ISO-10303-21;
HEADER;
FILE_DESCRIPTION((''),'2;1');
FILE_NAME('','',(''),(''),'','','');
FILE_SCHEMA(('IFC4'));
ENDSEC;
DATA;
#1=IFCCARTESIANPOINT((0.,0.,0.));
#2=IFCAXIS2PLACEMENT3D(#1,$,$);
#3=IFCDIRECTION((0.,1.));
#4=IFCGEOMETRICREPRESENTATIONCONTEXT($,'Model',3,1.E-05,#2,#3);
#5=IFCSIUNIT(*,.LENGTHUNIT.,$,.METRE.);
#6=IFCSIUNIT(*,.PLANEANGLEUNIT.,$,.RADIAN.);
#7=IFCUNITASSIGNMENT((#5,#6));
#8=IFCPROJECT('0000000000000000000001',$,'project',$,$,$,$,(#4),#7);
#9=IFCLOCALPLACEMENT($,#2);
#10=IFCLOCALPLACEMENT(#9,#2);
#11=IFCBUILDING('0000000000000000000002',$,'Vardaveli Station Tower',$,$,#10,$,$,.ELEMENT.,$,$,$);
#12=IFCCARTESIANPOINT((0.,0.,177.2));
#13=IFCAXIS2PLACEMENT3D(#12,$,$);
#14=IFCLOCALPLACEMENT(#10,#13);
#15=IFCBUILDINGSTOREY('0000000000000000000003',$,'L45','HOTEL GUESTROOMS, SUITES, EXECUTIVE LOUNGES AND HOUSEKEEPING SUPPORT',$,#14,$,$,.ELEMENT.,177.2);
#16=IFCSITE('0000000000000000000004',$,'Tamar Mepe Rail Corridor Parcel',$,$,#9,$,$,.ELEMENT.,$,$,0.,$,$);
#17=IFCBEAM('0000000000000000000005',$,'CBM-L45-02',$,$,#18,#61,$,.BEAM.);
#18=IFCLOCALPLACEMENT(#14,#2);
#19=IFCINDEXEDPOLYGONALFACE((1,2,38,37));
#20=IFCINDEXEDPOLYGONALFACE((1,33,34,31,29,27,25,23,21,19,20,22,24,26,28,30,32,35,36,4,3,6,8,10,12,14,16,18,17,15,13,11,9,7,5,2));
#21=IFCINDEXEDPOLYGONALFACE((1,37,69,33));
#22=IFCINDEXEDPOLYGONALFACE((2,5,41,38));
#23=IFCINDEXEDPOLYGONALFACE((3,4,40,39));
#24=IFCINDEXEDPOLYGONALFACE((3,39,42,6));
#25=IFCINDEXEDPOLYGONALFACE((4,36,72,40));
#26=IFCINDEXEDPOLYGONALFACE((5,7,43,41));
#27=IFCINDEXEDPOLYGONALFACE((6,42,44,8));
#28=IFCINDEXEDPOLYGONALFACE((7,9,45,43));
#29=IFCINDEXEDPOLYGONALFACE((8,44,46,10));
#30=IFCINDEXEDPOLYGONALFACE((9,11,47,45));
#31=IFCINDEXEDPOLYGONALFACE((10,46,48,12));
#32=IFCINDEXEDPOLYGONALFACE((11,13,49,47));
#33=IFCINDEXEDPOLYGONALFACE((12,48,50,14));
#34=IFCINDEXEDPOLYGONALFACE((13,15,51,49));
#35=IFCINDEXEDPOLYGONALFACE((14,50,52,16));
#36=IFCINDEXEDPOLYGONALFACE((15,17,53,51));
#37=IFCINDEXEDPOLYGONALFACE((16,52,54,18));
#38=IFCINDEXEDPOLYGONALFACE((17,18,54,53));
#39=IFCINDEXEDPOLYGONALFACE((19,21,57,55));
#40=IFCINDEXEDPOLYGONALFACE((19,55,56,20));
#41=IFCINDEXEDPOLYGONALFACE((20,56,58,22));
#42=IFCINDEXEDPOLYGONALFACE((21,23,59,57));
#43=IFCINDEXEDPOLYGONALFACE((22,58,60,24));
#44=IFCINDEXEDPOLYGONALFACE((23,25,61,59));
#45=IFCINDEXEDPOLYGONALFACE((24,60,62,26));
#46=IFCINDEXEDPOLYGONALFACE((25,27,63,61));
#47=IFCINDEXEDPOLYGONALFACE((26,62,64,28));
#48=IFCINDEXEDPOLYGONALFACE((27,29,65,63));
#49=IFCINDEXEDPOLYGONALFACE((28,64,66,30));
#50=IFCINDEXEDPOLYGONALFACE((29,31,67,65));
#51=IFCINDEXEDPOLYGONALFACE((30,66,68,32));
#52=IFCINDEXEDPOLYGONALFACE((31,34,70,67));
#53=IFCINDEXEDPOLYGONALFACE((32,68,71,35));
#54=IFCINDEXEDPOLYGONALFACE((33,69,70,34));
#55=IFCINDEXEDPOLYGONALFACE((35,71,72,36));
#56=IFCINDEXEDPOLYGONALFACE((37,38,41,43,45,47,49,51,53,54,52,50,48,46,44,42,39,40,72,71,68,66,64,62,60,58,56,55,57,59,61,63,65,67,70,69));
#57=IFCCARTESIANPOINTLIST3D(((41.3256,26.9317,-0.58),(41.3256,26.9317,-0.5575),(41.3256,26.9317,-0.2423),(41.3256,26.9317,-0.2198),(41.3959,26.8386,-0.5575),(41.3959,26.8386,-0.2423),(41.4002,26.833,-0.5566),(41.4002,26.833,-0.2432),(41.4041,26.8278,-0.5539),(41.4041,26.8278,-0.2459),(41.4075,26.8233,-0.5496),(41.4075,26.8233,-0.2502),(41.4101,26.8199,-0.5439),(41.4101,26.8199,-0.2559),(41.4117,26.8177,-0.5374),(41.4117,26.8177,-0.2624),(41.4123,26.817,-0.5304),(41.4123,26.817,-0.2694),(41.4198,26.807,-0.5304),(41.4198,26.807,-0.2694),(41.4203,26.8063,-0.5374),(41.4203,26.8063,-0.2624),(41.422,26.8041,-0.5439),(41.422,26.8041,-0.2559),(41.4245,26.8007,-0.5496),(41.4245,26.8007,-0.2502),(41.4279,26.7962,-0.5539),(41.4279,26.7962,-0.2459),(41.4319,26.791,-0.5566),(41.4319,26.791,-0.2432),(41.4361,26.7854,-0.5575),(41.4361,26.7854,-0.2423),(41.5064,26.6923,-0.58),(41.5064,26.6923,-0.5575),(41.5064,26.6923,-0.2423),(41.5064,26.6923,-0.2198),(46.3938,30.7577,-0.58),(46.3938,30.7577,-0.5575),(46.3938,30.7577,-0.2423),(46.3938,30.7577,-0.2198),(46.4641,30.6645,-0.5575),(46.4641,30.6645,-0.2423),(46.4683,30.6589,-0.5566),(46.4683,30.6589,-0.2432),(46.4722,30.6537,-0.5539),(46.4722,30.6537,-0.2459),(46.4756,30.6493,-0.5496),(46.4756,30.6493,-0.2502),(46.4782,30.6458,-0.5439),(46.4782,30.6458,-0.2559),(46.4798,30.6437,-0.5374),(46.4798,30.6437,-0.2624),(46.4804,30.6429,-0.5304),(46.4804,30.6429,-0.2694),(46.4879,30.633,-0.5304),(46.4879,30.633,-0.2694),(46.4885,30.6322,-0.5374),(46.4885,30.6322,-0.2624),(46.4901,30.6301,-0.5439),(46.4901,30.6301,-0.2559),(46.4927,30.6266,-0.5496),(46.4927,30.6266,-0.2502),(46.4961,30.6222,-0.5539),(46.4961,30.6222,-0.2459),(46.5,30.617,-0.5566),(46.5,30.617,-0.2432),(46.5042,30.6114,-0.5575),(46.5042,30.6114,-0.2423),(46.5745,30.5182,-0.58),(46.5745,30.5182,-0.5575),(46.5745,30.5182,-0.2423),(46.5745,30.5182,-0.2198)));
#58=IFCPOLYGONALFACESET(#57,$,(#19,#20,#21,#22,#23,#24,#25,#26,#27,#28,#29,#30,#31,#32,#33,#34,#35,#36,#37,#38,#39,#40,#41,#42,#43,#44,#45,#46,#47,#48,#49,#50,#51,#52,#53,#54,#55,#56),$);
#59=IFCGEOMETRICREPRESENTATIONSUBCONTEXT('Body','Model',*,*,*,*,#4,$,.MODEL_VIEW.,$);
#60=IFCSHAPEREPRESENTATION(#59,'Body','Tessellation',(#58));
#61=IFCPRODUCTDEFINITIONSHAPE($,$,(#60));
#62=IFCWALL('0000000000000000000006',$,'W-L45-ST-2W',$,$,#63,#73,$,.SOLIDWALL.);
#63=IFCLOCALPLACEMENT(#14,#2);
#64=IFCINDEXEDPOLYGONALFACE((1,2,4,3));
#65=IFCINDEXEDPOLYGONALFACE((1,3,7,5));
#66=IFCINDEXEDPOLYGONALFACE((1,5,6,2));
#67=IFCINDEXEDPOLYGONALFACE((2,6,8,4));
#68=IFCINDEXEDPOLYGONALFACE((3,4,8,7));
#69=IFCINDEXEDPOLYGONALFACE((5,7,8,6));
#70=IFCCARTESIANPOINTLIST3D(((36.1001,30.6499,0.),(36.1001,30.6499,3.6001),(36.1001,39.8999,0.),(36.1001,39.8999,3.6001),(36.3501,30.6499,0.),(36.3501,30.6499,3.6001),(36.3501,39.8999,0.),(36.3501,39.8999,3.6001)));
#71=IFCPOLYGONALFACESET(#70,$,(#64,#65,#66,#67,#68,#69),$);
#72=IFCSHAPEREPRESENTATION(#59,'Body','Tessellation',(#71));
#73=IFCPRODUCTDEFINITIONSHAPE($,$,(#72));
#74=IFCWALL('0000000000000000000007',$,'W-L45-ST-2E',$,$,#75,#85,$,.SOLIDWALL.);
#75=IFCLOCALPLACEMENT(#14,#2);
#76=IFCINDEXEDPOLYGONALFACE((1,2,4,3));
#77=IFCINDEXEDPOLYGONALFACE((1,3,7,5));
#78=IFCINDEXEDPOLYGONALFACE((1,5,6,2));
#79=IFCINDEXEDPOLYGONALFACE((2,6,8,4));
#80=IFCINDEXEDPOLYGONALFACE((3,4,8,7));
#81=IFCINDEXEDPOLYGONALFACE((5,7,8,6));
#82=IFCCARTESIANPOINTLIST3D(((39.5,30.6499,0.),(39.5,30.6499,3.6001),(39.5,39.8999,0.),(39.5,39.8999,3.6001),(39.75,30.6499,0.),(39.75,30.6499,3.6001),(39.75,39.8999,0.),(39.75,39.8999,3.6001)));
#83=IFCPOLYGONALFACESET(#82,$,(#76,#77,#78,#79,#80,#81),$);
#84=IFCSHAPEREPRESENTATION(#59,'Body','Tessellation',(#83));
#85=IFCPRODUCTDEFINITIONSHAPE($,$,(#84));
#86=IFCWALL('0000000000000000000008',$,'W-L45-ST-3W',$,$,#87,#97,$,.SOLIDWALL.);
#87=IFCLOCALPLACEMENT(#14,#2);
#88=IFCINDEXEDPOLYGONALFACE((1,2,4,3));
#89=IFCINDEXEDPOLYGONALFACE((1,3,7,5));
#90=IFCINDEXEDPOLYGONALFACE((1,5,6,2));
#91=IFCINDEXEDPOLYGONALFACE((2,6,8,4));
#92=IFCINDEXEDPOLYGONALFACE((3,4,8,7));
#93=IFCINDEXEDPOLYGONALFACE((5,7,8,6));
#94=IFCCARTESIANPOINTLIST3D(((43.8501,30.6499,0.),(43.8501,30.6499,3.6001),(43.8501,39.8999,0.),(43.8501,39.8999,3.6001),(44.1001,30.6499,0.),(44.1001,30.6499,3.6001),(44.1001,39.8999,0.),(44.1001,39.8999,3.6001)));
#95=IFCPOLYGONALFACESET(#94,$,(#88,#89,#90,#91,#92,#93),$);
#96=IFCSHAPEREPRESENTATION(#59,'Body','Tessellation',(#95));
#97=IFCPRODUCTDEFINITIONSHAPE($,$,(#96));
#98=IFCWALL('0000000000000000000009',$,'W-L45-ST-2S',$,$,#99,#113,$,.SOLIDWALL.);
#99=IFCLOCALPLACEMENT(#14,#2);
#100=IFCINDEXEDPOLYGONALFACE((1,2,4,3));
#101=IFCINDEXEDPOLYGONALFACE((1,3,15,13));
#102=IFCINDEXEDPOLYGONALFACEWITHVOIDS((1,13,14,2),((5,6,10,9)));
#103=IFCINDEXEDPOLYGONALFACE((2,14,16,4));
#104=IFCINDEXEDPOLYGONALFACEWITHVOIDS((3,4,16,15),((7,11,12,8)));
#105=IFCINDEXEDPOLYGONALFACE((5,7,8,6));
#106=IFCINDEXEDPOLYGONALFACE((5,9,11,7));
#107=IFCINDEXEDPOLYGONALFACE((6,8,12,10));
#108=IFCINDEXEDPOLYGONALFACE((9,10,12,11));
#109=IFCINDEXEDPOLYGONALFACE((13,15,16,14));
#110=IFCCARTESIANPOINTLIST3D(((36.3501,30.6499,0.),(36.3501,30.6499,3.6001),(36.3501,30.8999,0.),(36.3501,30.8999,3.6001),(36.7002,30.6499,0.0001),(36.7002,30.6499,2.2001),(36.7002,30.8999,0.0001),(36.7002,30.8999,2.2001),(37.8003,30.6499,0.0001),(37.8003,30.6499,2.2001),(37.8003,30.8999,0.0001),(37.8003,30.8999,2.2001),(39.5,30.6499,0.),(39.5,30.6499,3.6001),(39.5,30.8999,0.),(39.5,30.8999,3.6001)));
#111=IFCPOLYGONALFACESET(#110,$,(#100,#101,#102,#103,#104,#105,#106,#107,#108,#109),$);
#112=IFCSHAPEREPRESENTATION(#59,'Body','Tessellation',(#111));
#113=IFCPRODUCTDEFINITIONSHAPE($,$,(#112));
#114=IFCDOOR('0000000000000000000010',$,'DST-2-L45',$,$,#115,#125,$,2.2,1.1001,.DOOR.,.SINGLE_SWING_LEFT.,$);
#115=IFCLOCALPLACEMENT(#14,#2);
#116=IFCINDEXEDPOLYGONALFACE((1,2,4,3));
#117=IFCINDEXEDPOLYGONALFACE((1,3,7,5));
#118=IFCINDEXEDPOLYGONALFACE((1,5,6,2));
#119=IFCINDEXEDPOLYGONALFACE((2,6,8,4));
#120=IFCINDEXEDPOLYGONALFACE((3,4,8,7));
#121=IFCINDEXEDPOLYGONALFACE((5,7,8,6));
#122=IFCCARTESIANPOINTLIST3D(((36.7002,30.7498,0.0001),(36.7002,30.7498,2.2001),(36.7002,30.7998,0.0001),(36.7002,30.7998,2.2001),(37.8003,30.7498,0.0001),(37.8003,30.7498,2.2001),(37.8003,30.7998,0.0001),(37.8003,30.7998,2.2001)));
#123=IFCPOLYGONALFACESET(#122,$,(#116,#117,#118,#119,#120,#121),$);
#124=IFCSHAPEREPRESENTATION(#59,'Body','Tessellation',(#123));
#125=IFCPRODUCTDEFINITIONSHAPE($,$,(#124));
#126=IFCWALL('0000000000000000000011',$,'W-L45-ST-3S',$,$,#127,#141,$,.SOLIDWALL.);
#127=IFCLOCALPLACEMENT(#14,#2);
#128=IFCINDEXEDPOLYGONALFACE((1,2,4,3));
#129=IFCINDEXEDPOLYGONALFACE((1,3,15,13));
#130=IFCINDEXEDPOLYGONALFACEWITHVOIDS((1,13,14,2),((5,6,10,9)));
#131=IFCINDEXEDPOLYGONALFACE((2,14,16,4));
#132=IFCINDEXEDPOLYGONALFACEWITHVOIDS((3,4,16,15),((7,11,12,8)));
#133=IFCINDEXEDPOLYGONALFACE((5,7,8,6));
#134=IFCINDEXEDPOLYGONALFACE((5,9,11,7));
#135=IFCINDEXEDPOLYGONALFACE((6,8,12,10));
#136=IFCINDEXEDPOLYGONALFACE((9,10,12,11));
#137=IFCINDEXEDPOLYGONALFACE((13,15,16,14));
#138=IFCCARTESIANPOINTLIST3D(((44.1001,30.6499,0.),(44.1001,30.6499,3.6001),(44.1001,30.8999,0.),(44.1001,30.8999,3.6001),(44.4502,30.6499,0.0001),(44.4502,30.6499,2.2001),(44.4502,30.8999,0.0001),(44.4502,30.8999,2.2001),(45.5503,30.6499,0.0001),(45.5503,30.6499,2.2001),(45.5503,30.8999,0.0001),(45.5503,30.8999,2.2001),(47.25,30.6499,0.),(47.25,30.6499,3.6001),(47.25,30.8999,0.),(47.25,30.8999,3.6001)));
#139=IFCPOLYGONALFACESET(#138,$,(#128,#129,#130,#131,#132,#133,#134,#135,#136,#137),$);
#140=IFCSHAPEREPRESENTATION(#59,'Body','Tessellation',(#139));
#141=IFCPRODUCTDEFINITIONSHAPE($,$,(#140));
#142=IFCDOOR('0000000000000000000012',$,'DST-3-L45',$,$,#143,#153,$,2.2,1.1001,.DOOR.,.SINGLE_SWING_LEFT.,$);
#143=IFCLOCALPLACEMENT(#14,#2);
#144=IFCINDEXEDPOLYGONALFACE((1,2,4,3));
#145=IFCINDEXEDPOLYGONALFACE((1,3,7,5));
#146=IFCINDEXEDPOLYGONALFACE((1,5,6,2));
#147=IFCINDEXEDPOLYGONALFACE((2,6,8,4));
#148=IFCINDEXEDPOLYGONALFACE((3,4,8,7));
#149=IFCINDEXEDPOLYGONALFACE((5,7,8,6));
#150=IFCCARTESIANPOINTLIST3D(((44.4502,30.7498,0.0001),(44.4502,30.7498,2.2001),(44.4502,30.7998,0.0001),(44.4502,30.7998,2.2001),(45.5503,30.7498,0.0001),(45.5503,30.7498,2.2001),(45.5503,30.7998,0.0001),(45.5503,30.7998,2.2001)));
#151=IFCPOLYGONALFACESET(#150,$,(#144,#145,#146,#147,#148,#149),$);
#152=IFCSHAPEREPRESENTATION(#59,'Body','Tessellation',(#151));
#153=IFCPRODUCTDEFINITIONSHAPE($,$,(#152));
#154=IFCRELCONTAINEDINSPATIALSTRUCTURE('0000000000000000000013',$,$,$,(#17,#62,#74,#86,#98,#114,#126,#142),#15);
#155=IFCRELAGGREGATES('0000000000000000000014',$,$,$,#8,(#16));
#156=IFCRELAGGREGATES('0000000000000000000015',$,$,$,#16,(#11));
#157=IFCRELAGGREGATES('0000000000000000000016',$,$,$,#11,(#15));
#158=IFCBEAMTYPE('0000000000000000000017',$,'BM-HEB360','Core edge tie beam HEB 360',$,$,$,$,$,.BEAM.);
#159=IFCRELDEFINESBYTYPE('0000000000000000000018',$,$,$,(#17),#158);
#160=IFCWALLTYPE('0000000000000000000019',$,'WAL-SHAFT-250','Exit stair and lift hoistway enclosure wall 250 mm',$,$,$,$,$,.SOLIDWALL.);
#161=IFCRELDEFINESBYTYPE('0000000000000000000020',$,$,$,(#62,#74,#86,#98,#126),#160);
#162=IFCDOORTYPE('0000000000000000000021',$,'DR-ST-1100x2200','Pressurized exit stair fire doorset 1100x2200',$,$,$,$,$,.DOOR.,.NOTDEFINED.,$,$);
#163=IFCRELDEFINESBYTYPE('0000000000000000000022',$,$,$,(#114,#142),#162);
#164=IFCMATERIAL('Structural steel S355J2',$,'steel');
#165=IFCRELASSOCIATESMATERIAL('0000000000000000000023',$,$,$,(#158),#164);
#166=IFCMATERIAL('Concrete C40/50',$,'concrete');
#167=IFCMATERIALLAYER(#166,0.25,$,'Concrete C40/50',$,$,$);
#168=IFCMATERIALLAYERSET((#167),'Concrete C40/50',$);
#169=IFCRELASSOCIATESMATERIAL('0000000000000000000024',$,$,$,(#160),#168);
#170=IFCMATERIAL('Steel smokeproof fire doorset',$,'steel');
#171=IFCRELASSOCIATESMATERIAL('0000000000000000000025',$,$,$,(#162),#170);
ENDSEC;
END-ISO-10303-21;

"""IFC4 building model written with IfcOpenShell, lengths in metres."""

from ifc_helpers import new_model, si_unit, direction, frame, frame_2d, origin, origin_2d, place, context, subcontext, project, spatial, rectangle, i_section, extrude, source, transform, mapped, material, layer, layer_set, material_profile, profile_set, type_object, element, fill, save


model = new_model("IFC4")

# Units and contexts
model_context = context("Model", 3, precision=1e-05, world=origin(), true_north=direction((0.0, 1.0)))
body_context = subcontext(model_context, "Body", "Model", "MODEL_VIEW")
ifc_project = project(units=[si_unit("LENGTHUNIT", "METRE"), si_unit("PLANEANGLEUNIT", "RADIAN")], contexts=[model_context])

# Site, building, storey
site_placement = place(None, origin())
site = spatial("IfcSite", under=ifc_project, at=site_placement, Name="Tamar Mepe Rail Corridor Parcel", CompositionType="ELEMENT", RefElevation=0.0)
building_placement = place(site_placement, origin())
building = spatial("IfcBuilding", under=site, at=building_placement, Name="Vardaveli Station Tower", CompositionType="ELEMENT")
storey_placement = place(building_placement, frame((0.0, 0.0, 177.2)))
storey = spatial("IfcBuildingStorey", under=building, at=storey_placement, Name="L45", Description="HOTEL GUESTROOMS, SUITES, EXECUTIVE LOUNGES AND HOUSEKEEPING SUPPORT", CompositionType="ELEMENT", Elevation=177.2)

# Beam
ifc_material_1 = material(Name="Structural steel S355J2", Category="steel")
ifc_material_profile = material_profile(ifc_material_1, i_section(OverallWidth=0.3, OverallDepth=0.3601, WebThickness=0.0125, FlangeThickness=0.0225, FilletRadius=0.0271, at=origin_2d()), Name="HEB 360")
ifc_profile_set = profile_set([ifc_material_profile], Name="Structural steel S355J2")
beam_type = type_object("IfcBeamType", Name="BM-HEB360", Description="Core edge tie beam HEB 360", PredefinedType="BEAM", material=ifc_profile_set)
shared_shape_1 = source(origin(), body_context, "Body", "SweptSolid", [
    extrude(i_section(OverallWidth=0.3, OverallDepth=0.3601, WebThickness=0.0125, FlangeThickness=0.0225, FilletRadius=0.0271, at=origin_2d()), origin(), (0.0, 0.0, 1.0), 6.3501),
])
beam_placement = place(storey_placement, frame((41.416, 26.812, -0.3999), z_axis=(0.798118, 0.602501, 0.0), x_axis=(-0.602501, 0.798118, 0.0)))
element("IfcBeam", 1, at=beam_placement, inside=storey, type_object=beam_type, Name="CBM-L45-02", PredefinedType="BEAM", context=body_context, shape_type="MappedRepresentation", body=[
    mapped(shared_shape_1, transform((0.0, 0.0, 0.0), scale=1.0)),
])

# Walls
ifc_material_2 = material(Name="Concrete C40/50", Category="concrete")
ifc_layer_1 = layer(ifc_material_2, 0.25, Name="Concrete C40/50")
ifc_layer_set_1 = layer_set([ifc_layer_1], Name="Concrete C40/50")
wall_type_1 = type_object("IfcWallType", Name="WAL-SHAFT-250", Description="Exit stair and lift hoistway enclosure wall 250 mm", PredefinedType="SOLIDWALL", material=ifc_layer_set_1)
shared_shape_2 = source(origin(), body_context, "Body", "SweptSolid", [
    extrude(rectangle(XDim=9.25, YDim=0.25, at=frame_2d((4.625, 0.0))), origin(), (0.0, 0.0, 1.0), 3.6001),
])
for number, where, z_axis, x_axis, name in (
    (2, (36.2251, 30.6499, 0.0), (0.0, 0.0, 1.0), (0.0, 1.0, 0.0), "W-L45-ST-2W"),
    (3, (39.625, 30.6499, 0.0), (0.0, 0.0, 1.0), (0.0, 1.0, 0.0), "W-L45-ST-2E"),
    (4, (43.9751, 30.6499, 0.0), (0.0, 0.0, 1.0), (0.0, 1.0, 0.0), "W-L45-ST-3W"),
):
    element("IfcWall", number, at=place(storey_placement, frame(where, z_axis=z_axis, x_axis=x_axis)), inside=storey, type_object=wall_type_1, Name=name, PredefinedType="SOLIDWALL", context=body_context, shape_type="MappedRepresentation", body=[
        mapped(shared_shape_2, transform((0.0, 0.0, 0.0), scale=1.0)),
    ])

# Walls, openings, doors
shared_shape_3 = source(origin(), body_context, "Body", "SweptSolid", [
    extrude(rectangle(XDim=3.1499, YDim=0.25, at=frame_2d((1.575, 0.0))), origin(), (0.0, 0.0, 1.0), 3.6001),
])
wall_1_placement = place(storey_placement, frame((36.3501, 30.7749, 0.0), z_axis=(0.0, 0.0, 1.0), x_axis=(1.0, 0.0, 0.0)))
wall_1 = element("IfcWall", 5, at=wall_1_placement, inside=storey, type_object=wall_type_1, Name="W-L45-ST-2S", PredefinedType="SOLIDWALL", context=body_context, shape_type="MappedRepresentation", body=[
    mapped(shared_shape_3, transform((0.0, 0.0, 0.0), scale=1.0)),
])
shared_shape_4 = source(origin(), body_context, "Body", "SweptSolid", [
    extrude(rectangle(XDim=1.1001, YDim=2.2, at=frame_2d((0.55, 1.1001))), frame((0.0, 0.135, 0.0), z_axis=(0.0, -1.0, 0.0), x_axis=(1.0, 0.0, 0.0)), (0.0, 0.0, 1.0), 0.27),
])
opening_1_placement = place(wall_1_placement, frame((0.3501, 0.0, 0.0)))
opening_1 = element("IfcOpeningElement", 6, at=opening_1_placement, cuts=wall_1, PredefinedType="OPENING", context=body_context, shape_type="MappedRepresentation", body=[
    mapped(shared_shape_4, transform((0.0, 0.0, 0.0), scale=1.0)),
])
ifc_material_3 = material(Name="Steel smokeproof fire doorset", Category="steel")
door_type_1 = type_object("IfcDoorType", Name="DR-ST-1100x2200", Description="Pressurized exit stair fire doorset 1100x2200", OperationType="NOTDEFINED", PredefinedType="DOOR", material=ifc_material_3)
shared_shape_5 = source(origin(), body_context, "Body", "SweptSolid", [
    extrude(rectangle(XDim=1.1001, YDim=2.2, at=frame_2d((0.55, 1.1001))), frame((0.0, 0.0249, 0.0), z_axis=(0.0, -1.0, 0.0), x_axis=(1.0, 0.0, 0.0)), (0.0, 0.0, 1.0), 0.05),
])
door_1_placement = place(opening_1_placement, origin())
door_1 = element("IfcDoor", 7, at=door_1_placement, inside=storey, type_object=door_type_1, Name="DST-2-L45", OperationType="SINGLE_SWING_LEFT", OverallHeight=2.2, OverallWidth=1.1001, PredefinedType="DOOR", context=body_context, shape_type="MappedRepresentation", body=[
    mapped(shared_shape_5, transform((0.0, 0.0, 0.0), scale=1.0)),
])
fill(opening_1, door_1)
wall_2_placement = place(storey_placement, frame((44.1001, 30.7749, 0.0), z_axis=(0.0, 0.0, 1.0), x_axis=(1.0, 0.0, 0.0)))
wall_2 = element("IfcWall", 8, at=wall_2_placement, inside=storey, type_object=wall_type_1, Name="W-L45-ST-3S", PredefinedType="SOLIDWALL", context=body_context, shape_type="MappedRepresentation", body=[
    mapped(shared_shape_3, transform((0.0, 0.0, 0.0), scale=1.0)),
])
opening_2_placement = place(wall_2_placement, frame((0.3501, 0.0, 0.0)))
opening_2 = element("IfcOpeningElement", 9, at=opening_2_placement, cuts=wall_2, PredefinedType="OPENING", context=body_context, shape_type="MappedRepresentation", body=[
    mapped(shared_shape_4, transform((0.0, 0.0, 0.0), scale=1.0)),
])
door_2_placement = place(opening_2_placement, origin())
door_2 = element("IfcDoor", 10, at=door_2_placement, inside=storey, type_object=door_type_1, Name="DST-3-L45", OperationType="SINGLE_SWING_LEFT", OverallHeight=2.2, OverallWidth=1.1001, PredefinedType="DOOR", context=body_context, shape_type="MappedRepresentation", body=[
    mapped(shared_shape_5, transform((0.0, 0.0, 0.0), scale=1.0)),
])
fill(opening_2, door_2)

save(model, "model.ifc")
